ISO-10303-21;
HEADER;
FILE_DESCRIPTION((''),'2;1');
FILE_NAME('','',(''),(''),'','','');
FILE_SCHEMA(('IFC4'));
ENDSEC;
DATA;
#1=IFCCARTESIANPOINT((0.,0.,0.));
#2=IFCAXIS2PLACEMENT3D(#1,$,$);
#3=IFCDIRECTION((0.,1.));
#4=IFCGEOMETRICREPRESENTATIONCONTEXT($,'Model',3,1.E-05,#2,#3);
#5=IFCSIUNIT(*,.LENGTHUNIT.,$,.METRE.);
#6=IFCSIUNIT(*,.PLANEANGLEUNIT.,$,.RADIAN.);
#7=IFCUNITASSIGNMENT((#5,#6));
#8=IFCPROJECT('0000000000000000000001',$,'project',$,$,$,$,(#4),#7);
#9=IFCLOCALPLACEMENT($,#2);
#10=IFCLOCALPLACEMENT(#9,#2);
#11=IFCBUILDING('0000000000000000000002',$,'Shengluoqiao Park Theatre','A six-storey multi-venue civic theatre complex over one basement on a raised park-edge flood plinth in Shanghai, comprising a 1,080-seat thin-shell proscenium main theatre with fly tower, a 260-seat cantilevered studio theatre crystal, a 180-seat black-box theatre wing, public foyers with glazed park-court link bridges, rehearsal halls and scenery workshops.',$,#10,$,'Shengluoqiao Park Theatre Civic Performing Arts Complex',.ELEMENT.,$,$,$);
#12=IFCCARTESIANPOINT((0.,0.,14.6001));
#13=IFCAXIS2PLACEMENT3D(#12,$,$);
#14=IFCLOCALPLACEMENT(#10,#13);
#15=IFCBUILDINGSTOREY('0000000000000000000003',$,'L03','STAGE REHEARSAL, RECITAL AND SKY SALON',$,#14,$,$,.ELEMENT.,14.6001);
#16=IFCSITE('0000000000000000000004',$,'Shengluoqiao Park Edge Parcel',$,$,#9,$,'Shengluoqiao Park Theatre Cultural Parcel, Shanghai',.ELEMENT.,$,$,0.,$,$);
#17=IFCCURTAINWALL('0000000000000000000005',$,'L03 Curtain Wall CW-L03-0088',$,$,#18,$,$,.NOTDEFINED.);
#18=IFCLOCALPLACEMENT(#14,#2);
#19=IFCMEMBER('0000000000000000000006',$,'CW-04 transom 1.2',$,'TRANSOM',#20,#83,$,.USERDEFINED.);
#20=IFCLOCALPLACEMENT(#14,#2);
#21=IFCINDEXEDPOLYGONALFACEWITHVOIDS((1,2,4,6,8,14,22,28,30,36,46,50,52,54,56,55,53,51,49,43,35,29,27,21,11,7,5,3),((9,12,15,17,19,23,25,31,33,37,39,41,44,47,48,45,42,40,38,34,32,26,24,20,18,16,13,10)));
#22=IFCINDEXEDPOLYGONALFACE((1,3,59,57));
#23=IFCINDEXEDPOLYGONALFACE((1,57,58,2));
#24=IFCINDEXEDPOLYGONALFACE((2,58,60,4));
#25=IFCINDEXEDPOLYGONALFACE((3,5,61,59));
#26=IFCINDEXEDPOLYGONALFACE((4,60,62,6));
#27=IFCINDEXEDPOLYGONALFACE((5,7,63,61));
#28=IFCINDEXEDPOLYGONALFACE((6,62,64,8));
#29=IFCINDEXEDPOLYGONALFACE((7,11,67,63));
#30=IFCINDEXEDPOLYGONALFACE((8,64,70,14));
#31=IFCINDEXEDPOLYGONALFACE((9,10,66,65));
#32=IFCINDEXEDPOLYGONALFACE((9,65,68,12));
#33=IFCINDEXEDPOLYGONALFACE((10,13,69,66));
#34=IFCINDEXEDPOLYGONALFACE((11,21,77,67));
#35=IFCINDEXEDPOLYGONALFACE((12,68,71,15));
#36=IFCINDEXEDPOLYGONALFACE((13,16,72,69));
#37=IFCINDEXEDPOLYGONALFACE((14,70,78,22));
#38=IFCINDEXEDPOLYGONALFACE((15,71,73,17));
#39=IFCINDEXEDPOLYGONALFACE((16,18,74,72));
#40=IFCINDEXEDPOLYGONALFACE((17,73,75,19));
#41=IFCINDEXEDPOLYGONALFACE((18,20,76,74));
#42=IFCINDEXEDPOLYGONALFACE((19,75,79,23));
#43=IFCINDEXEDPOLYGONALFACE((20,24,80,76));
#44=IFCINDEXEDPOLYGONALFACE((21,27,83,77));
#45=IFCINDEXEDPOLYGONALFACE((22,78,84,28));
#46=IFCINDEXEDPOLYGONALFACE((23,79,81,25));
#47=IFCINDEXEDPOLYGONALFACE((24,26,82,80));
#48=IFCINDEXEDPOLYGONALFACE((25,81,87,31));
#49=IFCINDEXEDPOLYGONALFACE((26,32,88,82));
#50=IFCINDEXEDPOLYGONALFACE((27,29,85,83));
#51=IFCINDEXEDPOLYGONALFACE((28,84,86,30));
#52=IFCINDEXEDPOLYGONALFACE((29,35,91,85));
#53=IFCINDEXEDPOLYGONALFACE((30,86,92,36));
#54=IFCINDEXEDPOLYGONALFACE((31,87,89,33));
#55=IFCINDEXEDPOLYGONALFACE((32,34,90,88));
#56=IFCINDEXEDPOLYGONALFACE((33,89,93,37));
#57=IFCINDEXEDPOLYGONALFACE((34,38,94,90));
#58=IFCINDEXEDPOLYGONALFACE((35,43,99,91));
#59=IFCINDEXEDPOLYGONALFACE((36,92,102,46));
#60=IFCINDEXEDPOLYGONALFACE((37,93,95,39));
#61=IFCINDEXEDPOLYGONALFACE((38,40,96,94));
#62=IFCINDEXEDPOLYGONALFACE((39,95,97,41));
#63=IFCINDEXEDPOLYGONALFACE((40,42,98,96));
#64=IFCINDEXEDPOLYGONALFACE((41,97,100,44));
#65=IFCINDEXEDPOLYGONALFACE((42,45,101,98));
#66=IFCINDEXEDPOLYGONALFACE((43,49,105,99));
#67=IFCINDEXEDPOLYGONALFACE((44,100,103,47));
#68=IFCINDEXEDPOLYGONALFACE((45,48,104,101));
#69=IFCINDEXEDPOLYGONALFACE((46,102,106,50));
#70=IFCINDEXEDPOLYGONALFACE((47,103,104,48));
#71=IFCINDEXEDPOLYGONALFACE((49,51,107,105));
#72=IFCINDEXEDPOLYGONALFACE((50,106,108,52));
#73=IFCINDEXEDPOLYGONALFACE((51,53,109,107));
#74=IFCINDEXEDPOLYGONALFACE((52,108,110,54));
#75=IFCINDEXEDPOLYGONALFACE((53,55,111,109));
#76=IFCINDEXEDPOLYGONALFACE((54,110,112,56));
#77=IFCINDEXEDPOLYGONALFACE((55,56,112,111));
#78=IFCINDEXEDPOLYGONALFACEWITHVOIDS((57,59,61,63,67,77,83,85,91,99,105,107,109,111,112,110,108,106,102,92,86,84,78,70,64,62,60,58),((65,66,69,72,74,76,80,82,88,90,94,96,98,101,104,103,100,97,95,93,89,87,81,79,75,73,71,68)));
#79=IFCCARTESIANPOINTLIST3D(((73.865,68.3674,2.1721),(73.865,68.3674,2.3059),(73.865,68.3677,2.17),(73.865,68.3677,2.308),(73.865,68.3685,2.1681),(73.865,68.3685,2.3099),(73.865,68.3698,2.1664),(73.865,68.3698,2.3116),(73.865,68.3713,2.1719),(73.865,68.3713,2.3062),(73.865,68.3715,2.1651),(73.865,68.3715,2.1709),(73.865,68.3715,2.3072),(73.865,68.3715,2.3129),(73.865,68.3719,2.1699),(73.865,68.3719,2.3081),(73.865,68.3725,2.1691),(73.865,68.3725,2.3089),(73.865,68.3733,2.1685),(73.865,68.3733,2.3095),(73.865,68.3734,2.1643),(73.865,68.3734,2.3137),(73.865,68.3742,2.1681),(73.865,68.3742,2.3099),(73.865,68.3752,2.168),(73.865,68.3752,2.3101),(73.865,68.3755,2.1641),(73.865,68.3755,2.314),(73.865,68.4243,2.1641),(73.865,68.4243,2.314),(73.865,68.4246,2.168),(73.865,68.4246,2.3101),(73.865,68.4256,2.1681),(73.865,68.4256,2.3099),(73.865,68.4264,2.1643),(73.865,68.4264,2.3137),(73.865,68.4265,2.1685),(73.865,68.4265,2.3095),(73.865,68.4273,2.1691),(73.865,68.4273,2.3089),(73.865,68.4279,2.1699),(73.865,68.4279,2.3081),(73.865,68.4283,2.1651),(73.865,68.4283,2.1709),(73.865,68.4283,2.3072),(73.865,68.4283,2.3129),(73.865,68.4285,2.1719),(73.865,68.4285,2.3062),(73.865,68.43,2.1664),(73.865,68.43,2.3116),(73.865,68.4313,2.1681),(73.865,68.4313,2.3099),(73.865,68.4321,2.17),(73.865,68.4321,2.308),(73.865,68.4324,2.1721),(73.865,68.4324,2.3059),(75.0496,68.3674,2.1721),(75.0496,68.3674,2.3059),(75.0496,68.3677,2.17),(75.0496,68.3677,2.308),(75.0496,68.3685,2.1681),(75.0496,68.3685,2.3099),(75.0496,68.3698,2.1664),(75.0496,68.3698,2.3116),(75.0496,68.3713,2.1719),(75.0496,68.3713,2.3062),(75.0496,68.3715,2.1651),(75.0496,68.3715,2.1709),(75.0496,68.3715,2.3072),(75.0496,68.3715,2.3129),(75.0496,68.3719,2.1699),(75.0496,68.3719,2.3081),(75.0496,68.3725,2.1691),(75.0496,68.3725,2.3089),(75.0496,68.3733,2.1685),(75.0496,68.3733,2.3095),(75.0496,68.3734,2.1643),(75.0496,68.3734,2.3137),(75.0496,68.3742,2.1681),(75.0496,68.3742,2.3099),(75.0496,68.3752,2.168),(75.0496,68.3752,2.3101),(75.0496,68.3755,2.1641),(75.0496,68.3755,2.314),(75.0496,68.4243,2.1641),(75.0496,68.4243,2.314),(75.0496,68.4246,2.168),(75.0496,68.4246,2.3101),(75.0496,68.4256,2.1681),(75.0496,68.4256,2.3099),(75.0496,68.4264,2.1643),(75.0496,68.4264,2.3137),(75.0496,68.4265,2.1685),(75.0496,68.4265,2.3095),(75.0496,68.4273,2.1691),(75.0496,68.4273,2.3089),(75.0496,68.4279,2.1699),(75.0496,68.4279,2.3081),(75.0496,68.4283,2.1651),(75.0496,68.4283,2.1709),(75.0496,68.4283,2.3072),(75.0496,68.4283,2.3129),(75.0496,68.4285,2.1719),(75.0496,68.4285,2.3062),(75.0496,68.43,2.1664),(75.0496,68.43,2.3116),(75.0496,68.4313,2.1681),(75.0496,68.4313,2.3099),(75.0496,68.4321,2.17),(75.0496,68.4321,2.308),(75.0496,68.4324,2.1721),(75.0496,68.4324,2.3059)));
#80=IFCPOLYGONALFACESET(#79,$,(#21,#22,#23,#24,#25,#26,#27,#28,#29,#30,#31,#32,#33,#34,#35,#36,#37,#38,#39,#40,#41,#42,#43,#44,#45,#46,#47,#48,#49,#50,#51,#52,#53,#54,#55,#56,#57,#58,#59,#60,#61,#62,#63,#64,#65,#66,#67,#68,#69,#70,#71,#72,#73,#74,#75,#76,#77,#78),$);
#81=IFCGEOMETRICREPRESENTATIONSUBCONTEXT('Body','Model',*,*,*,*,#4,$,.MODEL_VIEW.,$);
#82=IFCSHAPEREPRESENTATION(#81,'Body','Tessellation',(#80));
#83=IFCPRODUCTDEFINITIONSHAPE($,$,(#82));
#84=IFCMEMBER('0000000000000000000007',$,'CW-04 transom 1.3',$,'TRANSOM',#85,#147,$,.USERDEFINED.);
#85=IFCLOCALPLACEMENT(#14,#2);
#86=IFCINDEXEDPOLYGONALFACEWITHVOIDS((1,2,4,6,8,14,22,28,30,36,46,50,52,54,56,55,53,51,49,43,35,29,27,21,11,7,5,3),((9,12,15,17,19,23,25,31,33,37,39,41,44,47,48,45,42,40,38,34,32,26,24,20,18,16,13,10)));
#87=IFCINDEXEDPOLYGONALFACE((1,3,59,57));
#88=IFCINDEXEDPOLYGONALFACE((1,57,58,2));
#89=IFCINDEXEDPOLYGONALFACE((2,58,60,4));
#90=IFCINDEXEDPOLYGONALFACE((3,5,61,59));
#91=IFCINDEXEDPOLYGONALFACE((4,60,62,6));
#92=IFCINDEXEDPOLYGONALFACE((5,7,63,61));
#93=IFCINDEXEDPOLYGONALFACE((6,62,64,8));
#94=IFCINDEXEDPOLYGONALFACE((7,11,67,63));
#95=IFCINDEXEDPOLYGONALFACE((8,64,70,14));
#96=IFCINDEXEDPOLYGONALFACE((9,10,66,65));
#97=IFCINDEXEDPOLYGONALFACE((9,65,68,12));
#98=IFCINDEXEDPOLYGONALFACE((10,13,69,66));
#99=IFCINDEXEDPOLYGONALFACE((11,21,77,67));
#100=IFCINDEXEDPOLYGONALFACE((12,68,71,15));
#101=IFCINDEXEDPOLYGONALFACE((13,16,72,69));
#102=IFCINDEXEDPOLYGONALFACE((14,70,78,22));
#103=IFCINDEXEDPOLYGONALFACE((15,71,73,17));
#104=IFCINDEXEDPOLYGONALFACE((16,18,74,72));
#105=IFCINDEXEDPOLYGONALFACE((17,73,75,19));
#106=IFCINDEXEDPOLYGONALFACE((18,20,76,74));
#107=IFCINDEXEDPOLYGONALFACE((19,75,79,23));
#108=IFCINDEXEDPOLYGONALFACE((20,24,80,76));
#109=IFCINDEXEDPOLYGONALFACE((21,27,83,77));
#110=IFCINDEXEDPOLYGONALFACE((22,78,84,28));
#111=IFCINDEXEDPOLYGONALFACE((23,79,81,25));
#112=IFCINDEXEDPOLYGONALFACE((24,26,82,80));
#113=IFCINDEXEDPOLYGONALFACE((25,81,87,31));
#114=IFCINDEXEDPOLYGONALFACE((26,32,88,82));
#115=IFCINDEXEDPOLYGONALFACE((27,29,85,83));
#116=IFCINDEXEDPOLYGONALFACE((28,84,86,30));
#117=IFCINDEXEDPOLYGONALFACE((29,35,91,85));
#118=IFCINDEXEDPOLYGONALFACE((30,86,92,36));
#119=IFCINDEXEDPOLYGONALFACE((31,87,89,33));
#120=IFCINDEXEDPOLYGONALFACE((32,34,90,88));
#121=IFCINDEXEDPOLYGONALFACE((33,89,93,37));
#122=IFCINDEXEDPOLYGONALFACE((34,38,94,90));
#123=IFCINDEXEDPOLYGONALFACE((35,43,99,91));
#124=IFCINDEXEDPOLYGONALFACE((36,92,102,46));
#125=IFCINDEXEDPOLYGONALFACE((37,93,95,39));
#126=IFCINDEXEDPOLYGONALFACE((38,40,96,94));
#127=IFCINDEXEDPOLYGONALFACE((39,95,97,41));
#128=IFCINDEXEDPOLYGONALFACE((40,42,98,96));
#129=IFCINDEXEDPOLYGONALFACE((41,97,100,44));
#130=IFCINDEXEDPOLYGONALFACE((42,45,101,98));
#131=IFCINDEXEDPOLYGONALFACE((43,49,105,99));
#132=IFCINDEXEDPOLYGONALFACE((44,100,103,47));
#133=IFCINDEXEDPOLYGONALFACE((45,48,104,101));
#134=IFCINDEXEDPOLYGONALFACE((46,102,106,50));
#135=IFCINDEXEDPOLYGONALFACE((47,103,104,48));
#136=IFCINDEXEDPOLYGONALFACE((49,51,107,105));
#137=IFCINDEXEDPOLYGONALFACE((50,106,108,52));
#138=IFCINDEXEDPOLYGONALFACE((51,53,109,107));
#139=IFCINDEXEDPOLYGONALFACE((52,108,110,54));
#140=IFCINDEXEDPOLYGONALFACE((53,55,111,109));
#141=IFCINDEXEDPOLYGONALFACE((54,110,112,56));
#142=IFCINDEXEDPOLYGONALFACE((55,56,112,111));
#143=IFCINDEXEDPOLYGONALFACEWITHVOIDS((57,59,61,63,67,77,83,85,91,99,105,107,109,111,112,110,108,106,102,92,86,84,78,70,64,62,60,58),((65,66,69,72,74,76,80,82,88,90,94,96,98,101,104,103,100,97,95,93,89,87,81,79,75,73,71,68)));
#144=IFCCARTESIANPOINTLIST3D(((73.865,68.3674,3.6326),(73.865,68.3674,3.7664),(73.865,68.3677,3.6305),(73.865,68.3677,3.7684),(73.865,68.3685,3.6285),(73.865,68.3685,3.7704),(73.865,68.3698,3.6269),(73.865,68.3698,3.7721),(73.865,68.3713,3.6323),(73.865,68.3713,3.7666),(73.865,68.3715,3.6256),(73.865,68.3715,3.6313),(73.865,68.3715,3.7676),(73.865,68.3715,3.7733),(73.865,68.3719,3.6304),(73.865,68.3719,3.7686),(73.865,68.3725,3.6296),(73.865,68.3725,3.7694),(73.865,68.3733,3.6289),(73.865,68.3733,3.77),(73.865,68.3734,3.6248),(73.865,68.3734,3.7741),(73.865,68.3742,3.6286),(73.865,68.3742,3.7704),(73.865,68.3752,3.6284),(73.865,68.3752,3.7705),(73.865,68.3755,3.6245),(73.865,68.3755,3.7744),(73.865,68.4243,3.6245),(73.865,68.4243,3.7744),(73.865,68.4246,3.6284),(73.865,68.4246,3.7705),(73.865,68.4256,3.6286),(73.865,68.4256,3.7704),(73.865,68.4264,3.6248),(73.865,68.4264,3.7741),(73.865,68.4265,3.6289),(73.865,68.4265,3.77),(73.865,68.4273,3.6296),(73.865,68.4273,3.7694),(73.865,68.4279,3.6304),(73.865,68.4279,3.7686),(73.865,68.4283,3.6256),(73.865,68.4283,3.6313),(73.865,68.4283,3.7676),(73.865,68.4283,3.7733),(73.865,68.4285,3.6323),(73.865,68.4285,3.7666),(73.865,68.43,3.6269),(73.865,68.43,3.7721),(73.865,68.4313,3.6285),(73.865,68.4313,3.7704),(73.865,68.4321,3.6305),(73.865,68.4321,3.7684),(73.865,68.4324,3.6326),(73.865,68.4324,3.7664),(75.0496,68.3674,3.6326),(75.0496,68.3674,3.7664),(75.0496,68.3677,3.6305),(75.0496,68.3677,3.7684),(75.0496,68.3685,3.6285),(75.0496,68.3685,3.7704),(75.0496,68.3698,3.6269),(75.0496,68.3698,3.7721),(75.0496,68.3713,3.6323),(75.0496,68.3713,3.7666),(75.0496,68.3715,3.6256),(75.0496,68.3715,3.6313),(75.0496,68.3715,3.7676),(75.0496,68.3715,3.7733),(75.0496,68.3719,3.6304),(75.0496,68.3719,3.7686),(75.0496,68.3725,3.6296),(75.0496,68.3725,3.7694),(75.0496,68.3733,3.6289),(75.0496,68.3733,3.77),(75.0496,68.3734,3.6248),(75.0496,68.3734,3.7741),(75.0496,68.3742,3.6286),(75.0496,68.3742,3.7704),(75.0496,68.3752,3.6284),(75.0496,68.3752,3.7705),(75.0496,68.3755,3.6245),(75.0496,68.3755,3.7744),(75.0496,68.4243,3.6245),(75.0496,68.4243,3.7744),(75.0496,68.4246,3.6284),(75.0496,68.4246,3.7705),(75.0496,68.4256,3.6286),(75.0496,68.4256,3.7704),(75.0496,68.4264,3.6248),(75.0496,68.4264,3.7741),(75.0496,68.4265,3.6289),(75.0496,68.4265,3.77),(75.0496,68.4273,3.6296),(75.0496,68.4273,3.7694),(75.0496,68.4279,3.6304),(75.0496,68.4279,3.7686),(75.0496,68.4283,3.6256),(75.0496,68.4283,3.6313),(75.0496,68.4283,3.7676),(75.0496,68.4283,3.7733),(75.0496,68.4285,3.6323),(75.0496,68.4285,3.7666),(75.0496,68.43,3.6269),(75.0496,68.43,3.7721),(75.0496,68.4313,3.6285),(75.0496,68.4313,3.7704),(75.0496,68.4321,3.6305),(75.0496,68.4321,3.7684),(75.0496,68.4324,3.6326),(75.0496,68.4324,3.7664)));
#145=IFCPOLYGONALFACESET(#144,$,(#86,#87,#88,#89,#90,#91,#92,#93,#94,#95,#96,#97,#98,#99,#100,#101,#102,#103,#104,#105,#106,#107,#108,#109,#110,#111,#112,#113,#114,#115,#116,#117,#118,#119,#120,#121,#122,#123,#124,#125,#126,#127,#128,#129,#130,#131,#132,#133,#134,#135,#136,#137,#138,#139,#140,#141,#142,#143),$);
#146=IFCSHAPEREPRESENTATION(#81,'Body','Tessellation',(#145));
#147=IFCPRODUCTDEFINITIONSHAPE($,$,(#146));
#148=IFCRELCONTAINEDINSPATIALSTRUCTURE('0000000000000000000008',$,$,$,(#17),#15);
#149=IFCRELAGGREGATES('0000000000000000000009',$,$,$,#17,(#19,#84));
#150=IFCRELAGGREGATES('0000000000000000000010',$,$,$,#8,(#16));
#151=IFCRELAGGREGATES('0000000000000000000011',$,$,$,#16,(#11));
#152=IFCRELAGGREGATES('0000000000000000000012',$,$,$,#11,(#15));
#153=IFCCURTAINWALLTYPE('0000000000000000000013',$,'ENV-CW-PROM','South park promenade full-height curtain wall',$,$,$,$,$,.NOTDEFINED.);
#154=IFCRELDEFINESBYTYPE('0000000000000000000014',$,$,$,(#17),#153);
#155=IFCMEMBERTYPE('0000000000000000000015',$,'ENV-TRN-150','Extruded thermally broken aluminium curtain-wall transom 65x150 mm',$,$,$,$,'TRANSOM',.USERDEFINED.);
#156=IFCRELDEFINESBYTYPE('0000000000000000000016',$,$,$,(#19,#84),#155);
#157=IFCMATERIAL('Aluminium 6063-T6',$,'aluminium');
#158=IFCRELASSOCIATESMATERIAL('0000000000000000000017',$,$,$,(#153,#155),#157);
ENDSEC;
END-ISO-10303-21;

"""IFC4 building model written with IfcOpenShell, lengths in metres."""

from ifc_helpers import new_model, si_unit, direction, frame, origin, origin_2d, place, context, subcontext, project, spatial, hollow_rectangle, extrude, material, material_profile, profile_set, type_object, element, aggregate, save


model = new_model("IFC4")

# Units and contexts
model_context = context("Model", 3, precision=1e-05, world=origin(), true_north=direction((0.0, 1.0)))
body_context = subcontext(model_context, "Body", "Model", "MODEL_VIEW")
ifc_project = project(units=[si_unit("LENGTHUNIT", "METRE"), si_unit("PLANEANGLEUNIT", "RADIAN")], contexts=[model_context])

# Site, building, storey
site_placement = place(None, origin())
site = spatial("IfcSite", under=ifc_project, at=site_placement, Name="Shengluoqiao Park Edge Parcel", LongName="Shengluoqiao Park Theatre Cultural Parcel, Shanghai", CompositionType="ELEMENT", RefElevation=0.0)
building_placement = place(site_placement, origin())
building = spatial("IfcBuilding", under=site, at=building_placement, Name="Shengluoqiao Park Theatre", Description="A six-storey multi-venue civic theatre complex over one basement on a raised park-edge flood plinth in Shanghai, comprising a 1,080-seat thin-shell proscenium main theatre with fly tower, a 260-seat cantilevered studio theatre crystal, a 180-seat black-box theatre wing, public foyers with glazed park-court link bridges, rehearsal halls and scenery workshops.", LongName="Shengluoqiao Park Theatre Civic Performing Arts Complex", CompositionType="ELEMENT")
storey_placement = place(building_placement, frame((0.0, 0.0, 14.6001)))
storey = spatial("IfcBuildingStorey", under=building, at=storey_placement, Name="L03", Description="STAGE REHEARSAL, RECITAL AND SKY SALON", CompositionType="ELEMENT", Elevation=14.6001)

# Curtain wall
ifc_material_1 = material(Name="Aluminium 6063-T6", Category="aluminium")
curtain_wall_type = type_object("IfcCurtainWallType", Name="ENV-CW-PROM", Description="South park promenade full-height curtain wall", PredefinedType="NOTDEFINED", material=ifc_material_1)
curtain_wall_1_placement = place(storey_placement, origin())
curtain_wall_1 = element("IfcCurtainWall", 1, at=curtain_wall_1_placement, inside=storey, type_object=curtain_wall_type, Name="L03 Curtain Wall CW-L03-0088", PredefinedType="NOTDEFINED")

# Members
ifc_material_profile_1 = material_profile(ifc_material_1, hollow_rectangle(XDim=0.0649, YDim=0.1499, WallThickness=0.0039, InnerFilletRadius=0.0039, OuterFilletRadius=0.0081, at=origin_2d()), Name="ALU TRANSOM 150x65x4")
ifc_profile_set_1 = profile_set([ifc_material_profile_1], Name="Aluminium 6063-T6")
member_type_1 = type_object("IfcMemberType", Name="ENV-TRN-150", Description="Extruded thermally broken aluminium curtain-wall transom 65x150 mm", ElementType="TRANSOM", PredefinedType="USERDEFINED", material=ifc_profile_set_1)
member_1_placement = place(storey_placement, frame((73.865, 68.3999, 2.239), z_axis=(1.0, 0.0, 0.0), x_axis=(0.0, 1.0, 0.0)))
member_1 = element("IfcMember", 2, at=member_1_placement, type_object=member_type_1, Name="CW-04 transom 1.2", ObjectType="TRANSOM", PredefinedType="USERDEFINED", context=body_context, shape_type="SweptSolid", body=[
    extrude(hollow_rectangle(XDim=0.0649, YDim=0.1499, WallThickness=0.0039, InnerFilletRadius=0.0039, OuterFilletRadius=0.0081, at=origin_2d()), origin(), (0.0, 0.0, 1.0), 1.1846),
])
member_2_placement = place(storey_placement, frame((73.865, 68.3999, 3.6995), z_axis=(1.0, 0.0, 0.0), x_axis=(0.0, 1.0, 0.0)))
member_2 = element("IfcMember", 3, at=member_2_placement, type_object=member_type_1, Name="CW-04 transom 1.3", ObjectType="TRANSOM", PredefinedType="USERDEFINED", context=body_context, shape_type="SweptSolid", body=[
    extrude(hollow_rectangle(XDim=0.0649, YDim=0.1499, WallThickness=0.0039, InnerFilletRadius=0.0039, OuterFilletRadius=0.0081, at=origin_2d()), origin(), (0.0, 0.0, 1.0), 1.1846),
])

aggregate(curtain_wall_1, [member_1, member_2])

save(model, "model.ifc")
